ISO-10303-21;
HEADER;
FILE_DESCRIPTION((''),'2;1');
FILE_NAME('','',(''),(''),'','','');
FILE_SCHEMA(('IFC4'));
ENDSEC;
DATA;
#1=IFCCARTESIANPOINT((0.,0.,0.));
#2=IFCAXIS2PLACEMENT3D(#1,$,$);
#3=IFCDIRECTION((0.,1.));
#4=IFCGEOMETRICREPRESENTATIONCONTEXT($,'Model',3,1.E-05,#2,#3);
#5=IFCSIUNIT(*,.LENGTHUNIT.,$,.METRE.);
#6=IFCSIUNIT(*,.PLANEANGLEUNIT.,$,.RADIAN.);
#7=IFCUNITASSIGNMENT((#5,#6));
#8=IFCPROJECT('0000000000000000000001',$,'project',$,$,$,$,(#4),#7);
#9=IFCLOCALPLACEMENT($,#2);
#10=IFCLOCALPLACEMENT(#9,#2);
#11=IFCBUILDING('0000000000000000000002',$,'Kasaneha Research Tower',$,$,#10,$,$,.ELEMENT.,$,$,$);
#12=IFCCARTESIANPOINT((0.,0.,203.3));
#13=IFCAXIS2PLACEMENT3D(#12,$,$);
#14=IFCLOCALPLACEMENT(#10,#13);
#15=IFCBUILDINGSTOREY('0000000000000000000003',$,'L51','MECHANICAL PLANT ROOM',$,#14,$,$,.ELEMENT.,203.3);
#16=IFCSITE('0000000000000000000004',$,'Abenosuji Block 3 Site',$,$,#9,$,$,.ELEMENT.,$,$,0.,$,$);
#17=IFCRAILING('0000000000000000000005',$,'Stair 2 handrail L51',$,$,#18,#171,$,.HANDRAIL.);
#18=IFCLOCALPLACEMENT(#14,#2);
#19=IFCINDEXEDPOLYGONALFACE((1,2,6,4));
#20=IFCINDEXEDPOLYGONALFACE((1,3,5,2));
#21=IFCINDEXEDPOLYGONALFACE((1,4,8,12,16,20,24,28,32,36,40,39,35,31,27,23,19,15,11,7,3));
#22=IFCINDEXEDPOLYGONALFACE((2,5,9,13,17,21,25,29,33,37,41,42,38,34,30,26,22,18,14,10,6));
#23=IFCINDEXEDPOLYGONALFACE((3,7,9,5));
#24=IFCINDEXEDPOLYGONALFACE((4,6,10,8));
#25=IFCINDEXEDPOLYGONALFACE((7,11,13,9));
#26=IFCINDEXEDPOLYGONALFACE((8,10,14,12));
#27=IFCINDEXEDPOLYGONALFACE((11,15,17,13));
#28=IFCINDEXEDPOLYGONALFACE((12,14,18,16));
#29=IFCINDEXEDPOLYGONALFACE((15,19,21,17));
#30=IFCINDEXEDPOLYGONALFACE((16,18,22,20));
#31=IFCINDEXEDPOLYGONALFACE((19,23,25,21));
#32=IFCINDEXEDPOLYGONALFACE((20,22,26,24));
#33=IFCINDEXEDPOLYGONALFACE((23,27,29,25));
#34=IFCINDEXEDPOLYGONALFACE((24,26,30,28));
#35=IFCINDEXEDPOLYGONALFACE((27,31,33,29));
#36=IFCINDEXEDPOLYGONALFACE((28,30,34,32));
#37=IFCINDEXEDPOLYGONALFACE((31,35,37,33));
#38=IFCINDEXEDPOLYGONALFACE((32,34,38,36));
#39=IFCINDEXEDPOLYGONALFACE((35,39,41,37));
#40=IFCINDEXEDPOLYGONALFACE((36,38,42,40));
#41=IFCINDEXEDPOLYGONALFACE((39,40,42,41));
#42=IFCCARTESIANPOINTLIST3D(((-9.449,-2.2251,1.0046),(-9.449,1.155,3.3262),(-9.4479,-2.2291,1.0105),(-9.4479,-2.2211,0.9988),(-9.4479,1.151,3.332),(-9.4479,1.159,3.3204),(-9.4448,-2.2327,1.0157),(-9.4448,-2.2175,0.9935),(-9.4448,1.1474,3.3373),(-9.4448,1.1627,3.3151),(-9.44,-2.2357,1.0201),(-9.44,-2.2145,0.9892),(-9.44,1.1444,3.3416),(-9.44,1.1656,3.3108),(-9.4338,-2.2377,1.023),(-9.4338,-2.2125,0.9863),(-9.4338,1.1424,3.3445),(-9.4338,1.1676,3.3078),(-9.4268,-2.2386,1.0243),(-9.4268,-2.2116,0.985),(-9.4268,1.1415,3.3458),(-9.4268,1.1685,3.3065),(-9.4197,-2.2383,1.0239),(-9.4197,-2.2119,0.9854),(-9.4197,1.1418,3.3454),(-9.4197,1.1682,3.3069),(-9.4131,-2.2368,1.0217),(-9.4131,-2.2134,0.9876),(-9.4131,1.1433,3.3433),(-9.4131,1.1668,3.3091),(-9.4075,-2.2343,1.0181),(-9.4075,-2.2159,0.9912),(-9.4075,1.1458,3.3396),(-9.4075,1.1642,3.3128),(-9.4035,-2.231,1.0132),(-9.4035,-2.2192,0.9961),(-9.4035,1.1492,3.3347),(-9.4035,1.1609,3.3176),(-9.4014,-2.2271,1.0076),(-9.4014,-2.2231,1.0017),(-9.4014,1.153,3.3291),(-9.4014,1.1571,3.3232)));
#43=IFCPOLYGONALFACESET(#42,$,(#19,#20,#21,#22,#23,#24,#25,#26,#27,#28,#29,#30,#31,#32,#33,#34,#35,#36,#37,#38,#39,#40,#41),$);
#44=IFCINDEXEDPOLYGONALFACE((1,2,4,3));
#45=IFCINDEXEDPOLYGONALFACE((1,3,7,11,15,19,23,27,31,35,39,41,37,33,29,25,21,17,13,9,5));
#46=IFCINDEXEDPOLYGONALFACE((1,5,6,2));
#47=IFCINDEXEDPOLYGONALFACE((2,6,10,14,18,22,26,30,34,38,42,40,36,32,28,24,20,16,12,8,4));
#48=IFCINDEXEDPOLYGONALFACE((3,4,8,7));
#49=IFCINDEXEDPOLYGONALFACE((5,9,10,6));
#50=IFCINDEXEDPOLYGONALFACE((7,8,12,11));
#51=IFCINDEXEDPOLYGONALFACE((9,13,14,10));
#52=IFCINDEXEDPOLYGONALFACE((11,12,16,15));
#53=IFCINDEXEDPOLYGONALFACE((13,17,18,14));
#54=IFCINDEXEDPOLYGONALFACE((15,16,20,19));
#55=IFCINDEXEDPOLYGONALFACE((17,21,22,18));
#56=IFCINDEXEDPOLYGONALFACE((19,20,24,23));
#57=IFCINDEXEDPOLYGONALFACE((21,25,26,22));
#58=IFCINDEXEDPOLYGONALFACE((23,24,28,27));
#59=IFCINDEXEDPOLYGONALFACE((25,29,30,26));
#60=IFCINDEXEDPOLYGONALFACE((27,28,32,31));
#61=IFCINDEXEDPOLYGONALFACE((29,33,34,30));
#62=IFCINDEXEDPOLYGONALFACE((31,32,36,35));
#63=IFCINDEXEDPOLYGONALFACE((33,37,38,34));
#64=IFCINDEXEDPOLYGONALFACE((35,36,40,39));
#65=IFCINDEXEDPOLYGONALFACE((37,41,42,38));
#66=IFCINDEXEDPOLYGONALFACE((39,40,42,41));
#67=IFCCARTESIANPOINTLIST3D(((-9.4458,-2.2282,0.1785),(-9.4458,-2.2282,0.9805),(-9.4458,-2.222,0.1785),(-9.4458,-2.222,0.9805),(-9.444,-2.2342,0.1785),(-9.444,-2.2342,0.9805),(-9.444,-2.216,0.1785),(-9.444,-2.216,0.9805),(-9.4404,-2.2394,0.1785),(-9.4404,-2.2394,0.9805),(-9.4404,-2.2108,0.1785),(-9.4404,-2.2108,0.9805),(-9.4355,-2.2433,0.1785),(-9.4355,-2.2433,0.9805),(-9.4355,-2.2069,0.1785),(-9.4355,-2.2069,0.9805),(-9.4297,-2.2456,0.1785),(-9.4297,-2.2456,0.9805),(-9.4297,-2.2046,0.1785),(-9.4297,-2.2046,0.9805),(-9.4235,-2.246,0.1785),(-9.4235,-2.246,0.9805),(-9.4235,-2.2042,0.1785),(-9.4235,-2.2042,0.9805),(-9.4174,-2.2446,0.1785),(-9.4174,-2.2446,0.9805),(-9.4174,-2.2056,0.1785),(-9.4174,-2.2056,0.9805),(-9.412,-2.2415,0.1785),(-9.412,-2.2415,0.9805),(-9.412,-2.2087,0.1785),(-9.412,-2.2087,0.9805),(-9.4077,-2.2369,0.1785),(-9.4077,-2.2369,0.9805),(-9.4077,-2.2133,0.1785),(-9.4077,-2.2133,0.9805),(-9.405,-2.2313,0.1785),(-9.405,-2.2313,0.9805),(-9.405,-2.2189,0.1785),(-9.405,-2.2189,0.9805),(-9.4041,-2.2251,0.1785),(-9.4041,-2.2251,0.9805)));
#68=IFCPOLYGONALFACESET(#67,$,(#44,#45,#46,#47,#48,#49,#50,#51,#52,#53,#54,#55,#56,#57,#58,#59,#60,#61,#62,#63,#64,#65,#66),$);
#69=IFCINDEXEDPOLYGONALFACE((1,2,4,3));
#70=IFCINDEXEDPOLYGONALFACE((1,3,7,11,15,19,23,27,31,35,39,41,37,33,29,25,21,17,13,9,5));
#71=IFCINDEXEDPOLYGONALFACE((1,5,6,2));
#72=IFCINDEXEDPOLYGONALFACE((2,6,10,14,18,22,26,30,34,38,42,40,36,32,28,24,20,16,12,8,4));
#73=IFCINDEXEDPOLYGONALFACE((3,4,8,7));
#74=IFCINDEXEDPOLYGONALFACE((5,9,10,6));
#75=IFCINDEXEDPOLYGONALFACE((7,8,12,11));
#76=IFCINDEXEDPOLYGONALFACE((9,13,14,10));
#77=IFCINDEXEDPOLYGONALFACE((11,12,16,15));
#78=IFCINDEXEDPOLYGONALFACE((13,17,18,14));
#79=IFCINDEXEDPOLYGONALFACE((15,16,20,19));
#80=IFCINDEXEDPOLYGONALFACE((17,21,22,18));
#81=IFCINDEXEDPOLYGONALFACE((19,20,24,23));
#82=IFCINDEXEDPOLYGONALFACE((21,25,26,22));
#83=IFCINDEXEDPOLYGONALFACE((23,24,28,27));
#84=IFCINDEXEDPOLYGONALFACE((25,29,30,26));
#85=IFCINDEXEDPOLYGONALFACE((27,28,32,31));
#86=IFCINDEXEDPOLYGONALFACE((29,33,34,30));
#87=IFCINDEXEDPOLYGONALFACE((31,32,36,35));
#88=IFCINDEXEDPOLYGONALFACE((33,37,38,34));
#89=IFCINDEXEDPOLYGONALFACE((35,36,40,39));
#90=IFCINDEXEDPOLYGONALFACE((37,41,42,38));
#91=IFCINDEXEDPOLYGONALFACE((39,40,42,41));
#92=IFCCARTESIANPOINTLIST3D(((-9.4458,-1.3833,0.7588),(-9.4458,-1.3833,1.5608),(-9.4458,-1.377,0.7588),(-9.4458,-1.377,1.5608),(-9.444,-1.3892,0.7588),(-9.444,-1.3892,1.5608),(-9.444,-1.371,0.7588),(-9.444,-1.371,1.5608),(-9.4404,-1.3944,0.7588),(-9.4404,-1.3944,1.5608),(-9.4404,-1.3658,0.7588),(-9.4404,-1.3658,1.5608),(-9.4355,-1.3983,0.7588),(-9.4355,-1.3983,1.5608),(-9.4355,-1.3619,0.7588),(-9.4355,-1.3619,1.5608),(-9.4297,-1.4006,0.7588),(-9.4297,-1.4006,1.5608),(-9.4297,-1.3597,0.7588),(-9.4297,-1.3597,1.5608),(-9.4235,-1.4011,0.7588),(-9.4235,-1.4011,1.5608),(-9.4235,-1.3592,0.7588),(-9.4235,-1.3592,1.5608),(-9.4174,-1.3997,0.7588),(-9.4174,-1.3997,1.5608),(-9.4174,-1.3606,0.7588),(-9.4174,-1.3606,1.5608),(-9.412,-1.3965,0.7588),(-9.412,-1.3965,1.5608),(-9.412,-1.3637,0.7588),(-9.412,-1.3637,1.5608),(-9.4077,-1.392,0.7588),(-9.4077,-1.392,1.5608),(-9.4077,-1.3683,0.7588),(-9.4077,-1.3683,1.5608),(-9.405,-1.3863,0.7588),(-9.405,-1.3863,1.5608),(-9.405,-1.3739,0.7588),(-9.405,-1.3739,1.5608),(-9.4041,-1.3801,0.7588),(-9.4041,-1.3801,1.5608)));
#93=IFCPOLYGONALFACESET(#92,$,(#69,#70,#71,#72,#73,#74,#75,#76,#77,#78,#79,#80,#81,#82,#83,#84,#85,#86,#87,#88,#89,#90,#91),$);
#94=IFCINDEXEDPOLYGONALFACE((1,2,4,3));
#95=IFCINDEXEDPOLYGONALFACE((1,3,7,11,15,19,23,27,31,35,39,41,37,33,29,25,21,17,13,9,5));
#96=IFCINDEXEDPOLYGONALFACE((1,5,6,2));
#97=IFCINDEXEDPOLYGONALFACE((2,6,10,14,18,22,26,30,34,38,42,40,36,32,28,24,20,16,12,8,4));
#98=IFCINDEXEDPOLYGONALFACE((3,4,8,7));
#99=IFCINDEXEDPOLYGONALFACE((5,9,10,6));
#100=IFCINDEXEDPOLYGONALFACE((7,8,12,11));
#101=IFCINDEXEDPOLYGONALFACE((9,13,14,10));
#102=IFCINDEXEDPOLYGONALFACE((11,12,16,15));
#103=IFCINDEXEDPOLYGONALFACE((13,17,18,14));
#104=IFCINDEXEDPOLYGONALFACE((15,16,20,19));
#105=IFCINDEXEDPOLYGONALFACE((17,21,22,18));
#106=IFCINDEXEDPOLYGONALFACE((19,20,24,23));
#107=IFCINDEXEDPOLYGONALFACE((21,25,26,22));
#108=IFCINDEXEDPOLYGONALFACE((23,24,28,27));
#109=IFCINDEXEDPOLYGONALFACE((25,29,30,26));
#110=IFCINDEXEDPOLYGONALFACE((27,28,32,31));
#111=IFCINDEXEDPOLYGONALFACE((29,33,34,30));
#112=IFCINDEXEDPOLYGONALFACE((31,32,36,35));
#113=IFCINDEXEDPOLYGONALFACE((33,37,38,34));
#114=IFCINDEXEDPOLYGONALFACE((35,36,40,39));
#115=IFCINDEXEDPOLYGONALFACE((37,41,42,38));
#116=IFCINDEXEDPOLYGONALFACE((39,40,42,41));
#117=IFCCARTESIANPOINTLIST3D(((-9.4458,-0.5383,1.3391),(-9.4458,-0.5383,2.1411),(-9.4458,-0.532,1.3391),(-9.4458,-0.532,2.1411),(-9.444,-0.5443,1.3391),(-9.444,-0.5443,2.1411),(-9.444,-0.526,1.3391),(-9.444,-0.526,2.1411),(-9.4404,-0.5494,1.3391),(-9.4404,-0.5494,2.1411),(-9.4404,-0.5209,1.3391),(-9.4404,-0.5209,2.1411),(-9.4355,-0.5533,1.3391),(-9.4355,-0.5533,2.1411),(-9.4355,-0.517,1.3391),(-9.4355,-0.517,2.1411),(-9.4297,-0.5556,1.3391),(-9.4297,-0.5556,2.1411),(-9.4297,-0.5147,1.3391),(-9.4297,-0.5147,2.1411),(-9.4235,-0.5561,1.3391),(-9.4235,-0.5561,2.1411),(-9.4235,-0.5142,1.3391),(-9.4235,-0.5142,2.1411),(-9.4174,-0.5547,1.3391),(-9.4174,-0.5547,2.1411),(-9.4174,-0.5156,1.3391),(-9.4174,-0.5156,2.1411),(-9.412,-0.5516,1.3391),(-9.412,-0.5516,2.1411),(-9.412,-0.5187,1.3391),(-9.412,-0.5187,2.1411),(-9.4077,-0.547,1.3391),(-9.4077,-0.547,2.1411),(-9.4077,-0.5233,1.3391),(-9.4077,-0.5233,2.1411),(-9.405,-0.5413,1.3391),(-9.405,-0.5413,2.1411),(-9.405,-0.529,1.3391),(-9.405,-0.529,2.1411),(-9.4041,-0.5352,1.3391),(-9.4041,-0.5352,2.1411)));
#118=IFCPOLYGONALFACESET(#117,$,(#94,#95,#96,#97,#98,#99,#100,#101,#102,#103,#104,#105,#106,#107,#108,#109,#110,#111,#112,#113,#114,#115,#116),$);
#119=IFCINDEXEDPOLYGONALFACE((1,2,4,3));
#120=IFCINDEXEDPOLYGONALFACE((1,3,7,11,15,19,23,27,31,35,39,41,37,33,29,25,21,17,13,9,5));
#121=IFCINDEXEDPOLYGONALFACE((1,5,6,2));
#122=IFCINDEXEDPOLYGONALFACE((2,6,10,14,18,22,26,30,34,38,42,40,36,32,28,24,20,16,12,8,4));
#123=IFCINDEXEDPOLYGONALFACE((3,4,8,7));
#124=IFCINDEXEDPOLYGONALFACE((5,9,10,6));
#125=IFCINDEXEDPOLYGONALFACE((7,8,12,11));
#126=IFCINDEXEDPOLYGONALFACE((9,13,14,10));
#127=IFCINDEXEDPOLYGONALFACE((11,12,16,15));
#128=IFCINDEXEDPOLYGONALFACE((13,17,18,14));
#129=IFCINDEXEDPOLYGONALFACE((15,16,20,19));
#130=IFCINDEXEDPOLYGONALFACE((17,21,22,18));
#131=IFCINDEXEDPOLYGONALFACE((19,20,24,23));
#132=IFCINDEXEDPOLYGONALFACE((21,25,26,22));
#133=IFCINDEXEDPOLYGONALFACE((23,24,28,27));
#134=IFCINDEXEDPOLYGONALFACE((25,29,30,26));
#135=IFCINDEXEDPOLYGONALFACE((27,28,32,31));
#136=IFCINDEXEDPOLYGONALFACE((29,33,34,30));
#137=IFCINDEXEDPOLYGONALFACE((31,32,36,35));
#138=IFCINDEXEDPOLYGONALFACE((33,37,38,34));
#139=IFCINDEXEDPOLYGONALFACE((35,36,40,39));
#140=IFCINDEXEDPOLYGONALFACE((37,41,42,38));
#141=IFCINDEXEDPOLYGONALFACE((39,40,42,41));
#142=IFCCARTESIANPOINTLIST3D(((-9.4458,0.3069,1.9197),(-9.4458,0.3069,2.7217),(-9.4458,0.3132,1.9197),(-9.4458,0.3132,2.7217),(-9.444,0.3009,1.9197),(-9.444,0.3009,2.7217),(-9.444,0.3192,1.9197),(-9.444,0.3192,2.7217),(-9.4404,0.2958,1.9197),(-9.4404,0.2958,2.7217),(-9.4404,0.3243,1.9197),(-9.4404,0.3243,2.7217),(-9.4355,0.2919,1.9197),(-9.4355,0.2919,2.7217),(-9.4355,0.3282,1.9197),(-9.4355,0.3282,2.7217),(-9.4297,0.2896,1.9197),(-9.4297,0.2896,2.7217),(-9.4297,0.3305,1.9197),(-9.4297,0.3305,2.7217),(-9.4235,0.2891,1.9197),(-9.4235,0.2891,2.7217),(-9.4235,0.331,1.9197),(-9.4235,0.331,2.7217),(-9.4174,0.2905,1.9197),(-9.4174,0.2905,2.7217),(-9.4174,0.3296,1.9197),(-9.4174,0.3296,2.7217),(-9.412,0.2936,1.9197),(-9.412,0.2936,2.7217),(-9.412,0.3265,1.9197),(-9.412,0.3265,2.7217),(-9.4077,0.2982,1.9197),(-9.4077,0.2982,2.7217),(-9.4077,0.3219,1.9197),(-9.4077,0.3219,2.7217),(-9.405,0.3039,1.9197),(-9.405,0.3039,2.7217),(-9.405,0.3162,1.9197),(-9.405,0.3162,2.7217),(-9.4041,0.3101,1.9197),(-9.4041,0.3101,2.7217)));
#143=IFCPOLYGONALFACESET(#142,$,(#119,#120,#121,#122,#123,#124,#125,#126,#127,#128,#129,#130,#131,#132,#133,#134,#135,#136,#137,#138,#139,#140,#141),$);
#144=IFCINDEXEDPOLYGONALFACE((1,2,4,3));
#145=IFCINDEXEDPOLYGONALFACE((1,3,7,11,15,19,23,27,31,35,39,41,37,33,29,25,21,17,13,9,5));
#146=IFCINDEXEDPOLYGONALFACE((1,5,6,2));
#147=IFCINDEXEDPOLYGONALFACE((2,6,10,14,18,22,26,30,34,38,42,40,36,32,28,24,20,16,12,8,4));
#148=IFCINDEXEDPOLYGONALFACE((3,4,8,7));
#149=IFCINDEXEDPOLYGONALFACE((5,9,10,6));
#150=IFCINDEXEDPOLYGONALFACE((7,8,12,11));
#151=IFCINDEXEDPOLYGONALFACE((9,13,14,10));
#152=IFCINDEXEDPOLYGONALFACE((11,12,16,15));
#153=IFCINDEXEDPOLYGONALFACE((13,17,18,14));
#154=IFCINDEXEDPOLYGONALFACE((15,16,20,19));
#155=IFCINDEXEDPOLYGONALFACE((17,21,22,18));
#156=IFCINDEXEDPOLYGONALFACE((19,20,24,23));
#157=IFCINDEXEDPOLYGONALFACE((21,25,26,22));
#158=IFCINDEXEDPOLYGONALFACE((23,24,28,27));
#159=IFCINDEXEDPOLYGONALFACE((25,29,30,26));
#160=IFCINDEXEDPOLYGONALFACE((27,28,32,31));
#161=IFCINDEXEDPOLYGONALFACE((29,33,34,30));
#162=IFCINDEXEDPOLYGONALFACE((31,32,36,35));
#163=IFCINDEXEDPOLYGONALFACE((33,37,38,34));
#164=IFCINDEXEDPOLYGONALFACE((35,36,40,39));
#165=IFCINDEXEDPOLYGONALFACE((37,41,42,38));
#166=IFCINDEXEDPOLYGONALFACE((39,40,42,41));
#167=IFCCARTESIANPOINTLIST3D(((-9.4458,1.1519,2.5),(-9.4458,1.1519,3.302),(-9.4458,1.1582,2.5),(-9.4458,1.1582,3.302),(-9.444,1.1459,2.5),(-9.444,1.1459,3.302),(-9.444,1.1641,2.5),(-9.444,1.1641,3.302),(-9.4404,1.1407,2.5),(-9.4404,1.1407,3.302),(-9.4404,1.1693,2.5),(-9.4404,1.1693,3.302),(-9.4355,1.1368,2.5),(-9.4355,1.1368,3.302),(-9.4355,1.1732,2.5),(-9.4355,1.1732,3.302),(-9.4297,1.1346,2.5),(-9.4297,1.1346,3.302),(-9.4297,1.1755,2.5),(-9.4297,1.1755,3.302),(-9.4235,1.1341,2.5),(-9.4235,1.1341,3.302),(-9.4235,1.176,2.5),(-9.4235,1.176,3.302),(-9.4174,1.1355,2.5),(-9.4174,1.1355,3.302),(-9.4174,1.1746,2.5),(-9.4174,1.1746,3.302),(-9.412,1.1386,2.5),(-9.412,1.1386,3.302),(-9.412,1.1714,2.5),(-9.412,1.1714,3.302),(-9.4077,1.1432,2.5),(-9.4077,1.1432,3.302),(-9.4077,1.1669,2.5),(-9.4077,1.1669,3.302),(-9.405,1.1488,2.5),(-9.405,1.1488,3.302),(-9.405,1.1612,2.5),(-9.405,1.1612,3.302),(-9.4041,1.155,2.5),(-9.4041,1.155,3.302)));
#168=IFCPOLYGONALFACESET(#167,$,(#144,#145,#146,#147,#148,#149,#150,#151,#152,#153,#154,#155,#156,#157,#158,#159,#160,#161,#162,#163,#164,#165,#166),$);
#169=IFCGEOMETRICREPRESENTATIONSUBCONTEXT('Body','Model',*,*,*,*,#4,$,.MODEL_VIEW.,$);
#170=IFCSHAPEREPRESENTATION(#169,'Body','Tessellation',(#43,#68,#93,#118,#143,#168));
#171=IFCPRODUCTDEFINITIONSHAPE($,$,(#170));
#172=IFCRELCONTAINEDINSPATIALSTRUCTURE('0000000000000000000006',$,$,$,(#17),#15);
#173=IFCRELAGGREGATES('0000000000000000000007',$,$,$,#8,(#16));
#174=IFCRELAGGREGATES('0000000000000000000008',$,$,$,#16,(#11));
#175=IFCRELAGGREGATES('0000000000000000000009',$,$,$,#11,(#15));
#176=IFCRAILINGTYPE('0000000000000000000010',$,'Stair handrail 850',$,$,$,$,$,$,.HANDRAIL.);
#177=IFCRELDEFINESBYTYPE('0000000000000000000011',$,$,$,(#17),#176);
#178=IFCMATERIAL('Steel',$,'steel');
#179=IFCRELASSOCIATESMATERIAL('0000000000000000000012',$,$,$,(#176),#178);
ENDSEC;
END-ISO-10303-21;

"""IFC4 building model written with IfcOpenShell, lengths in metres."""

from ifc_helpers import new_model, si_unit, direction, frame, origin, origin_2d, place, context, subcontext, project, spatial, circle, extrude, material, type_object, element, save


model = new_model("IFC4")

# Units and contexts
model_context = context("Model", 3, precision=1e-05, world=origin(), true_north=direction((0.0, 1.0)))
body_context = subcontext(model_context, "Body", "Model", "MODEL_VIEW")
ifc_project = project(units=[si_unit("LENGTHUNIT", "METRE"), si_unit("PLANEANGLEUNIT", "RADIAN")], contexts=[model_context])

# Site, building, storey
site_placement = place(None, origin())
site = spatial("IfcSite", under=ifc_project, at=site_placement, Name="Abenosuji Block 3 Site", CompositionType="ELEMENT", RefElevation=0.0)
building_placement = place(site_placement, origin())
building = spatial("IfcBuilding", under=site, at=building_placement, Name="Kasaneha Research Tower", CompositionType="ELEMENT")
storey_placement = place(building_placement, frame((0.0, 0.0, 203.3)))
storey = spatial("IfcBuildingStorey", under=building, at=storey_placement, Name="L51", Description="MECHANICAL PLANT ROOM", CompositionType="ELEMENT", Elevation=203.3)

# Railing
ifc_material_1 = material(Name="Steel", Category="steel")
railing_type_1 = type_object("IfcRailingType", Name="Stair handrail 850", PredefinedType="HANDRAIL", material=ifc_material_1)
railing_1_placement = place(storey_placement, frame((-9.425, -2.2251, 0.1785)))
element("IfcRailing", 1, at=railing_1_placement, inside=storey, type_object=railing_type_1, Name="Stair 2 handrail L51", PredefinedType="HANDRAIL", context=body_context, shape_type="SweptSolid", body=[
    extrude(circle(Radius=0.0239, at=origin_2d()), frame((0.0, 0.0, 0.8262), z_axis=(0.0, 0.824304, 0.566147), x_axis=(-1.0, 0.0, 0.0)), (0.0, 0.0, 1.0), 4.1006),
    extrude(circle(Radius=0.021, at=origin_2d()), origin(), (0.0, 0.0, 1.0), 0.802),
    extrude(circle(Radius=0.021, at=origin_2d()), frame((0.0, 0.845, 0.5803)), (0.0, 0.0, 1.0), 0.802),
    extrude(circle(Radius=0.021, at=origin_2d()), frame((0.0, 1.6899, 1.1606)), (0.0, 0.0, 1.0), 0.802),
    extrude(circle(Radius=0.021, at=origin_2d()), frame((0.0, 2.5352, 1.7412)), (0.0, 0.0, 1.0), 0.802),
    extrude(circle(Radius=0.021, at=origin_2d()), frame((0.0, 3.3801, 2.3215)), (0.0, 0.0, 1.0), 0.802),
])

save(model, "model.ifc")
